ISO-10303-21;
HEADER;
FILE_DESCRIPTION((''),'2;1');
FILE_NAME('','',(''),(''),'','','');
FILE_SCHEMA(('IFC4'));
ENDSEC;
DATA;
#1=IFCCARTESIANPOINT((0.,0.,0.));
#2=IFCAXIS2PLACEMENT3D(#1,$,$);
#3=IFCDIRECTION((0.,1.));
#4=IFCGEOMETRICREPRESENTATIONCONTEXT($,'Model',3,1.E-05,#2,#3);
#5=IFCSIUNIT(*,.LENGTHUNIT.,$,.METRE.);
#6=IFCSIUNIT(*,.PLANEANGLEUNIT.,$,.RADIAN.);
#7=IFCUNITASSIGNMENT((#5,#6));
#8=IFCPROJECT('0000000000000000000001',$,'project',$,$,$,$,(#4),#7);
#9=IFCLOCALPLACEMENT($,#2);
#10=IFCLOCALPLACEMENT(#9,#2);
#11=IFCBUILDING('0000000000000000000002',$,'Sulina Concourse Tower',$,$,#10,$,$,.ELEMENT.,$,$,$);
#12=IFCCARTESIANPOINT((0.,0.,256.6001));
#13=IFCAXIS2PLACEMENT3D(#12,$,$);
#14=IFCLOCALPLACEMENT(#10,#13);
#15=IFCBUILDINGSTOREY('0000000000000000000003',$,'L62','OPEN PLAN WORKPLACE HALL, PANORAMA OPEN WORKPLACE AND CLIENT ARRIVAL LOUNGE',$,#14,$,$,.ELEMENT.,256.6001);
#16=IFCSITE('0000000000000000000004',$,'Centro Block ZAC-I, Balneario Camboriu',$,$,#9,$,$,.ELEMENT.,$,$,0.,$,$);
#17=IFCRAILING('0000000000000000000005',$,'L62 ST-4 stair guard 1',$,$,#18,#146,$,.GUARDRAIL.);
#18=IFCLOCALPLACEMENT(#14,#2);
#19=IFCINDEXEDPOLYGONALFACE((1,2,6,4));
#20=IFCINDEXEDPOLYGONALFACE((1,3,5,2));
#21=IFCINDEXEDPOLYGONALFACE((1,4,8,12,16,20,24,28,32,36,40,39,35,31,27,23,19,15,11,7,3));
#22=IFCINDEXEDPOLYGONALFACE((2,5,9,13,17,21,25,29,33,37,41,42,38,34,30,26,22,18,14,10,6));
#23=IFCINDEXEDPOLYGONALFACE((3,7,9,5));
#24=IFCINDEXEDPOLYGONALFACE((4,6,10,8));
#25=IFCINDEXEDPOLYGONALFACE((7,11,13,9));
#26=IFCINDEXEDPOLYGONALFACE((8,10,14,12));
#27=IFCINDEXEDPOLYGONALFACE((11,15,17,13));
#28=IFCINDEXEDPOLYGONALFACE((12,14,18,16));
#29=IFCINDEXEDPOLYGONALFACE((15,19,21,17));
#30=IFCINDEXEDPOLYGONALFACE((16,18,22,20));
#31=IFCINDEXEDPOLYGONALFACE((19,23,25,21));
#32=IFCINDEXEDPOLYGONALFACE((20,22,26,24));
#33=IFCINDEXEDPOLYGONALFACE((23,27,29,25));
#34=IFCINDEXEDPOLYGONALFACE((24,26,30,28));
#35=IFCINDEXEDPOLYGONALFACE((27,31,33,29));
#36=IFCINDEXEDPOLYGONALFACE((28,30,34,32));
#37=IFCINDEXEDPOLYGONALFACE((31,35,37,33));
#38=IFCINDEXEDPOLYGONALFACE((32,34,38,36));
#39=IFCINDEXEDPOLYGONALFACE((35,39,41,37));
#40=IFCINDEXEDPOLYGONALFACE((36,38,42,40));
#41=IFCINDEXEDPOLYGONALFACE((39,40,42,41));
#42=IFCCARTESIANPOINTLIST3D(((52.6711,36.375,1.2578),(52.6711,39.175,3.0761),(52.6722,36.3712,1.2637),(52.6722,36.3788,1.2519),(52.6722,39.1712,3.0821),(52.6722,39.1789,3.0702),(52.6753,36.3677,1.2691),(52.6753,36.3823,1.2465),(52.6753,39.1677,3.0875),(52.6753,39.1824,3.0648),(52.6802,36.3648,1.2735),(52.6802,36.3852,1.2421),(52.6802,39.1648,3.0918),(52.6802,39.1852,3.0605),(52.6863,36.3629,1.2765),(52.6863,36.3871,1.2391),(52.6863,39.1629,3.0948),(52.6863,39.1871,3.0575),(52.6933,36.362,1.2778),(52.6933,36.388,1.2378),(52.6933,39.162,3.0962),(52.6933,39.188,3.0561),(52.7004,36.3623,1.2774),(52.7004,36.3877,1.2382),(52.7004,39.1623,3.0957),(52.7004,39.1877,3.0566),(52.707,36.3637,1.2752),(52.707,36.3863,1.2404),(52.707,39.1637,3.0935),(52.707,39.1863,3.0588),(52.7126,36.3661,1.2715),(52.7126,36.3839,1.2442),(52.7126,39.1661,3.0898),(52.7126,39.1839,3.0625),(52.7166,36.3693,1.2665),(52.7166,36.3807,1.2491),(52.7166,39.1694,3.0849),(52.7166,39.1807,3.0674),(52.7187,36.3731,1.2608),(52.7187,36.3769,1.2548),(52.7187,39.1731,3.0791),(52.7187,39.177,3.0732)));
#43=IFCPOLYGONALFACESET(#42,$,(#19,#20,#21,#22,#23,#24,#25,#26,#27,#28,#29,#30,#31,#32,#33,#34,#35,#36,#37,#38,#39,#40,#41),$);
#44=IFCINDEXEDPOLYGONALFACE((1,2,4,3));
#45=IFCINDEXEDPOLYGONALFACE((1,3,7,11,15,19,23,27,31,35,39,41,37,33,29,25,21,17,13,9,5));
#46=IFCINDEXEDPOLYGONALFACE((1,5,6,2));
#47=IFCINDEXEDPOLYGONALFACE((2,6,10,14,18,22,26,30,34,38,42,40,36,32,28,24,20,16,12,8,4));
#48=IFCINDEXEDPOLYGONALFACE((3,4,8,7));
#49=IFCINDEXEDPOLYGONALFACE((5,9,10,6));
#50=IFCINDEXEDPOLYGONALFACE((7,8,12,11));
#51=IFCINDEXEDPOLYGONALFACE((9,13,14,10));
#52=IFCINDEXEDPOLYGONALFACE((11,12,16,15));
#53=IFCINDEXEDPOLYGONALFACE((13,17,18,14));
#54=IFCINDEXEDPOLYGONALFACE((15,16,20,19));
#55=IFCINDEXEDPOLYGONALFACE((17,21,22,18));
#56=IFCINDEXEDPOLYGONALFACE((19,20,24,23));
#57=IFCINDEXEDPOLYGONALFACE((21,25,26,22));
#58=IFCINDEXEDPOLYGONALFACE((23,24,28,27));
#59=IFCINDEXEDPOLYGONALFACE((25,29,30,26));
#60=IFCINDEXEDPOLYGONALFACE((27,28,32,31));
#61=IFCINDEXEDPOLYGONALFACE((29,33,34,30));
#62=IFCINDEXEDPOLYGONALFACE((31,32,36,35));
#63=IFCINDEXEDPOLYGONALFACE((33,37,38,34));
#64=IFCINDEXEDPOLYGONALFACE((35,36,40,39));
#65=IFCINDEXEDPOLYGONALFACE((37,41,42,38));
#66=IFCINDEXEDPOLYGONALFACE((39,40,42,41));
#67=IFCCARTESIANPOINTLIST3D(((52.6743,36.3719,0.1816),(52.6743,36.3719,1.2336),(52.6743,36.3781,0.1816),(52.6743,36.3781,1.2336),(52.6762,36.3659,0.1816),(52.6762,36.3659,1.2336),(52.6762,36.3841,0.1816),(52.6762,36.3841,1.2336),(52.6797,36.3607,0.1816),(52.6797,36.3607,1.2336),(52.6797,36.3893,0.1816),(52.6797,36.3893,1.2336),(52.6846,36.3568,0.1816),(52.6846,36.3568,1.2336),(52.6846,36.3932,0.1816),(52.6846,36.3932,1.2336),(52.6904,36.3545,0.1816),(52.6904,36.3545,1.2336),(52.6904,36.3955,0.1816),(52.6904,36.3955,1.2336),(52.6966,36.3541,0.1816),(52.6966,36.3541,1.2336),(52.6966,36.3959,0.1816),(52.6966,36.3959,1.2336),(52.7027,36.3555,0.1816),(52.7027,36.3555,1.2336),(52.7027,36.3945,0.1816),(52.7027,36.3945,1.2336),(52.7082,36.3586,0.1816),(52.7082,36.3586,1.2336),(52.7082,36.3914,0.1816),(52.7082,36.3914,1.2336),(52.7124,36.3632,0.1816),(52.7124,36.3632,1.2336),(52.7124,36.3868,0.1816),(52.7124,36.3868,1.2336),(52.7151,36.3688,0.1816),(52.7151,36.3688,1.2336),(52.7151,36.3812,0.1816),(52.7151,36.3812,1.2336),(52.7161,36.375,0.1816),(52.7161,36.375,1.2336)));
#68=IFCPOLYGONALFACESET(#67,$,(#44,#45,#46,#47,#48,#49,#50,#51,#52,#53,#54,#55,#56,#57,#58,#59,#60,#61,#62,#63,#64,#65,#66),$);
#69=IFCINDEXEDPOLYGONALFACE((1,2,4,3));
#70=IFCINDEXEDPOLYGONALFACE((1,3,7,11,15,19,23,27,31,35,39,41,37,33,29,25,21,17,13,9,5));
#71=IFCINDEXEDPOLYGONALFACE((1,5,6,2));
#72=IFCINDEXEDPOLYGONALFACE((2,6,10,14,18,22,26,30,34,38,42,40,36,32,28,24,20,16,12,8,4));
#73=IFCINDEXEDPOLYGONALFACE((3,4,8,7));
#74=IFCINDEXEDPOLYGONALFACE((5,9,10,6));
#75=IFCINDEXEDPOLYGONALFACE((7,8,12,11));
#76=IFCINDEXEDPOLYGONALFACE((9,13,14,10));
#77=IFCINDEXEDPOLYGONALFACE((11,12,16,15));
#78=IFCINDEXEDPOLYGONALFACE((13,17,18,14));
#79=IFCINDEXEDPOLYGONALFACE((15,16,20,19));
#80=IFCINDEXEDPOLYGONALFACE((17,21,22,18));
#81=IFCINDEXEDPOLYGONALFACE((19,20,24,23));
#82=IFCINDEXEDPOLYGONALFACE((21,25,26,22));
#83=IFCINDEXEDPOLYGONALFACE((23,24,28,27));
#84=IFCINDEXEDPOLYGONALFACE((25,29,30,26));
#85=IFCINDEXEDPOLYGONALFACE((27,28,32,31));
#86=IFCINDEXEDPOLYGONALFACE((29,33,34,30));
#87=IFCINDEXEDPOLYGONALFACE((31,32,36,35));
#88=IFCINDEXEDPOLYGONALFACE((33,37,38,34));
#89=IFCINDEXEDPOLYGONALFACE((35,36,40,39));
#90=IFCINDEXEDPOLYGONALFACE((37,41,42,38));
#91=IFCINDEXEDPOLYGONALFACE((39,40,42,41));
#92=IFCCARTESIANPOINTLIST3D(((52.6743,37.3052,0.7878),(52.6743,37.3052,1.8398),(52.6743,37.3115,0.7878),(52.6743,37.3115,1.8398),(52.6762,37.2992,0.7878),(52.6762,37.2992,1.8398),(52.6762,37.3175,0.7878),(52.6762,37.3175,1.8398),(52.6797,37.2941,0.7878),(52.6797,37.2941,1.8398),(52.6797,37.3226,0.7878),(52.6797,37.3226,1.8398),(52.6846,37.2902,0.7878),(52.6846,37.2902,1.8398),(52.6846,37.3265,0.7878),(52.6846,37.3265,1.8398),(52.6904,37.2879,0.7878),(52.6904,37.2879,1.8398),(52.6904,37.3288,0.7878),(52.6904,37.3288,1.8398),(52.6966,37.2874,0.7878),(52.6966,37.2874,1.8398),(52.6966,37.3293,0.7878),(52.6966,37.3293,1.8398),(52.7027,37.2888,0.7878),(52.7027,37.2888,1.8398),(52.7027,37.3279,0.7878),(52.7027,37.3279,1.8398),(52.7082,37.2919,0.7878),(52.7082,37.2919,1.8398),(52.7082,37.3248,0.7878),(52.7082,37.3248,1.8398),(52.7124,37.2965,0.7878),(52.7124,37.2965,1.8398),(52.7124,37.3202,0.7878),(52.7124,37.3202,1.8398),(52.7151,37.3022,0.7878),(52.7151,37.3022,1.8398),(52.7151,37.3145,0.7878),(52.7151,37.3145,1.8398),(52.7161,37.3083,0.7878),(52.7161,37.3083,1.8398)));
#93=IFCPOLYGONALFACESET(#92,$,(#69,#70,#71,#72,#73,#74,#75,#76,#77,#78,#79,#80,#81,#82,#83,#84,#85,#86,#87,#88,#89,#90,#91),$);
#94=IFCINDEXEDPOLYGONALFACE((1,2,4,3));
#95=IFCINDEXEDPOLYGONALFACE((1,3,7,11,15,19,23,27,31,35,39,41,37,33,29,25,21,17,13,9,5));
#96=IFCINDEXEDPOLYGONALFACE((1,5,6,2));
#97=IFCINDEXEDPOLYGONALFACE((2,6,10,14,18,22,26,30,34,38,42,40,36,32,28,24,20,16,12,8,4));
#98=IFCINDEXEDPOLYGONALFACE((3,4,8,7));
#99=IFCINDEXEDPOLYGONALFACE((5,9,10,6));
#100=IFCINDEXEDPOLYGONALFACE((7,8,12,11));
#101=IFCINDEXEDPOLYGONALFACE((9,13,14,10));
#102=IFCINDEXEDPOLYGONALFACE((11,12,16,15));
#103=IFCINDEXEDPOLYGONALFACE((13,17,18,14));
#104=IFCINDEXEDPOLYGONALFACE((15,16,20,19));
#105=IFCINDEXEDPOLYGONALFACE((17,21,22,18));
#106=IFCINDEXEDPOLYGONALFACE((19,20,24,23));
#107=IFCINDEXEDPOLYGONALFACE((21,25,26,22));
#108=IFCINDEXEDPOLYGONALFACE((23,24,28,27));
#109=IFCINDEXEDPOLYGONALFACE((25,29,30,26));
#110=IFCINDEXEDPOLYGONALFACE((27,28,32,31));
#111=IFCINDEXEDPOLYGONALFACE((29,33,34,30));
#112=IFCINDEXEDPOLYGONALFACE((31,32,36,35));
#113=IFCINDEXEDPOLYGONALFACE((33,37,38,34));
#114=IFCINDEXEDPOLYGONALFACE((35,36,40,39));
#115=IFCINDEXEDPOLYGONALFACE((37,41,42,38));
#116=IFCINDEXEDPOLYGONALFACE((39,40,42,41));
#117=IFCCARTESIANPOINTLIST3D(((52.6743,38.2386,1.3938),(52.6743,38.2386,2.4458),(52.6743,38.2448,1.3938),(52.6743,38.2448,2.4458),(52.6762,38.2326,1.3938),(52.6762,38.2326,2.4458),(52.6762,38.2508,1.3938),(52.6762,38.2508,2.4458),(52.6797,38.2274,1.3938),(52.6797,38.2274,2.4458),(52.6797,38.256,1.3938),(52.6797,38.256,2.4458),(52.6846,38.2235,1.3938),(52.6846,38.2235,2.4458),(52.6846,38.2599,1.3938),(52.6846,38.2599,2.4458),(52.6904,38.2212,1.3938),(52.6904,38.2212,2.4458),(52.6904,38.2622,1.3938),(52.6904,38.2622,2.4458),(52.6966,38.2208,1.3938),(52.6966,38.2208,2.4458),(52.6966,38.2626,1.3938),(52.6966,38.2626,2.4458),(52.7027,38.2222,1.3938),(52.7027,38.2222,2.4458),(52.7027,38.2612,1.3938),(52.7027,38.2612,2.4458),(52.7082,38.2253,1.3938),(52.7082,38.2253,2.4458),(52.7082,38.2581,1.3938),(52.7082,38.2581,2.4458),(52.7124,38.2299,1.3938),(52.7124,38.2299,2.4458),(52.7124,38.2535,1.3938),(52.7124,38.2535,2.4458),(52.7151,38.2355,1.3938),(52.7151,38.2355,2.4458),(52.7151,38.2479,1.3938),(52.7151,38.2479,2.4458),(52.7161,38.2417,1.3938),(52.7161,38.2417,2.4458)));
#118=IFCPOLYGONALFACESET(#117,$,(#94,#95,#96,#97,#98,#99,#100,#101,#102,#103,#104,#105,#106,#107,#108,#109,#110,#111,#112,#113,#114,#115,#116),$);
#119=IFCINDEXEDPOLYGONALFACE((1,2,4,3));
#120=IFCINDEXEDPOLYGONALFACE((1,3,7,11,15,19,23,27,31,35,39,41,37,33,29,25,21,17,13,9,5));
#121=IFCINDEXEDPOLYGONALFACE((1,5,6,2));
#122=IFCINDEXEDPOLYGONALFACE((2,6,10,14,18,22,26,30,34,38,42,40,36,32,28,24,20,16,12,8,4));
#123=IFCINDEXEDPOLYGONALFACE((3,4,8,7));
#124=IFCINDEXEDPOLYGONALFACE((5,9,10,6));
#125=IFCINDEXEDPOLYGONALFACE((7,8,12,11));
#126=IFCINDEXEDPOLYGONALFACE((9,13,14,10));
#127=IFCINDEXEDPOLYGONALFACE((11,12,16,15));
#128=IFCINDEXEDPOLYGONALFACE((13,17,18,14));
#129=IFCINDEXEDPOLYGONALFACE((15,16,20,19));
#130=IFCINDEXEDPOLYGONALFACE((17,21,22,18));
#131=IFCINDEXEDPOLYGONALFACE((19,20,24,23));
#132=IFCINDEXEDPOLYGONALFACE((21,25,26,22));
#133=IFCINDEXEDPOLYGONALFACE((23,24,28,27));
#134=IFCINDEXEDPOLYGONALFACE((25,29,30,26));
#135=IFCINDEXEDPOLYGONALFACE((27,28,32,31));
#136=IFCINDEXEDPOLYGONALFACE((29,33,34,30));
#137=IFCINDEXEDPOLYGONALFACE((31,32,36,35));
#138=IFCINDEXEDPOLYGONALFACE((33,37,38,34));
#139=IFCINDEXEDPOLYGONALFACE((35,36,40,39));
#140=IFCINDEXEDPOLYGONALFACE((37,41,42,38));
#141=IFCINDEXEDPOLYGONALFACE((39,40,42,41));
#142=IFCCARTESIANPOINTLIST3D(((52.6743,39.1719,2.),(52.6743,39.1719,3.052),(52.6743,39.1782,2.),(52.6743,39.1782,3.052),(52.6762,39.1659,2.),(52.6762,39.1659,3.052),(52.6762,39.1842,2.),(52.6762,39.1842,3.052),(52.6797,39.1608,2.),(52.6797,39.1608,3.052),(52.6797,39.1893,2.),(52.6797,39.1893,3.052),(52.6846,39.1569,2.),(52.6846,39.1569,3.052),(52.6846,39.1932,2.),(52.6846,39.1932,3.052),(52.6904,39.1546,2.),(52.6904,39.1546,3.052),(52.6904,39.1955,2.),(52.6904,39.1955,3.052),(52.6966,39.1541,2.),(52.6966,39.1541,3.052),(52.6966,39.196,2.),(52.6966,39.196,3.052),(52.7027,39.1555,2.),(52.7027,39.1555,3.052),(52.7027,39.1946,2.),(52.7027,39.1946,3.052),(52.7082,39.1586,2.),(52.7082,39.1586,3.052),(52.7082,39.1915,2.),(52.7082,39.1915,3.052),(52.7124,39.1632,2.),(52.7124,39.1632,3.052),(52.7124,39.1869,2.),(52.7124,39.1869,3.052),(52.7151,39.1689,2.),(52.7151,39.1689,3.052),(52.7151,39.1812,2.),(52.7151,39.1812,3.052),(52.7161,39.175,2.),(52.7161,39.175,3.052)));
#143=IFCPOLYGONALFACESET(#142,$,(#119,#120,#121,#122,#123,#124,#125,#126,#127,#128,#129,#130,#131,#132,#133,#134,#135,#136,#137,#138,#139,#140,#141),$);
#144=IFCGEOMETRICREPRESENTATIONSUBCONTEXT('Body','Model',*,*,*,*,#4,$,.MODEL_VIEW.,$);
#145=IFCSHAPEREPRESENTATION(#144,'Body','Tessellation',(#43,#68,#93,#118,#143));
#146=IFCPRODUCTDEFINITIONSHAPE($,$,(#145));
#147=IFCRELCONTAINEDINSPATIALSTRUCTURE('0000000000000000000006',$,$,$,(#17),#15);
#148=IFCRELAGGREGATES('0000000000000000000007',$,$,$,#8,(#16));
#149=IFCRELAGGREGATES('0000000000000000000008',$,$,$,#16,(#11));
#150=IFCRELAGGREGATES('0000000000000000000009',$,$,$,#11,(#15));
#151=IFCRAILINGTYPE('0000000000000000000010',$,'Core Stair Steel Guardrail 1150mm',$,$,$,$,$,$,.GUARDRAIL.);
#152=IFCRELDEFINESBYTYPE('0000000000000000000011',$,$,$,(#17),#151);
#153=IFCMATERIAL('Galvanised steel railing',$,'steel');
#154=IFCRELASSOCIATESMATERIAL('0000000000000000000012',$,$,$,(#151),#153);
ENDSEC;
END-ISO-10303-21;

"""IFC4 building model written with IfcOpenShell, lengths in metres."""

from ifc_helpers import new_model, si_unit, direction, frame, origin, origin_2d, place, context, subcontext, project, spatial, circle, extrude, material, type_object, element, save


model = new_model("IFC4")

# Units and contexts
model_context = context("Model", 3, precision=1e-05, world=origin(), true_north=direction((0.0, 1.0)))
body_context = subcontext(model_context, "Body", "Model", "MODEL_VIEW")
ifc_project = project(units=[si_unit("LENGTHUNIT", "METRE"), si_unit("PLANEANGLEUNIT", "RADIAN")], contexts=[model_context])

# Site, building, storey
site_placement = place(None, origin())
site = spatial("IfcSite", under=ifc_project, at=site_placement, Name="Centro Block ZAC-I, Balneario Camboriu", CompositionType="ELEMENT", RefElevation=0.0)
building_placement = place(site_placement, origin())
building = spatial("IfcBuilding", under=site, at=building_placement, Name="Sulina Concourse Tower", CompositionType="ELEMENT")
storey_placement = place(building_placement, frame((0.0, 0.0, 256.6001)))
storey = spatial("IfcBuildingStorey", under=building, at=storey_placement, Name="L62", Description="OPEN PLAN WORKPLACE HALL, PANORAMA OPEN WORKPLACE AND CLIENT ARRIVAL LOUNGE", CompositionType="ELEMENT", Elevation=256.6001)

# Railing
ifc_material_1 = material(Name="Galvanised steel railing", Category="steel")
railing_type_1 = type_object("IfcRailingType", Name="Core Stair Steel Guardrail 1150mm", PredefinedType="GUARDRAIL", material=ifc_material_1)
railing_1_placement = place(storey_placement, frame((52.6951, 36.375, 0.1816)))
element("IfcRailing", 1, at=railing_1_placement, inside=storey, type_object=railing_type_1, Name="L62 ST-4 stair guard 1", PredefinedType="GUARDRAIL", context=body_context, shape_type="SweptSolid", body=[
    extrude(circle(Radius=0.0239, at=origin_2d()), frame((0.0, 0.0, 1.0762), z_axis=(0.0, 0.838672, 0.544636), x_axis=(-1.0, 0.0, 0.0)), (0.0, 0.0, 1.0), 3.3386),
    extrude(circle(Radius=0.021, at=origin_2d()), origin(), (0.0, 0.0, 1.0), 1.052),
    extrude(circle(Radius=0.021, at=origin_2d()), frame((0.0, 0.9333, 0.6062)), (0.0, 0.0, 1.0), 1.052),
    extrude(circle(Radius=0.021, at=origin_2d()), frame((0.0, 1.8667, 1.2122)), (0.0, 0.0, 1.0), 1.052),
    extrude(circle(Radius=0.021, at=origin_2d()), frame((0.0, 2.8, 1.8184)), (0.0, 0.0, 1.0), 1.052),
])

save(model, "model.ifc")
